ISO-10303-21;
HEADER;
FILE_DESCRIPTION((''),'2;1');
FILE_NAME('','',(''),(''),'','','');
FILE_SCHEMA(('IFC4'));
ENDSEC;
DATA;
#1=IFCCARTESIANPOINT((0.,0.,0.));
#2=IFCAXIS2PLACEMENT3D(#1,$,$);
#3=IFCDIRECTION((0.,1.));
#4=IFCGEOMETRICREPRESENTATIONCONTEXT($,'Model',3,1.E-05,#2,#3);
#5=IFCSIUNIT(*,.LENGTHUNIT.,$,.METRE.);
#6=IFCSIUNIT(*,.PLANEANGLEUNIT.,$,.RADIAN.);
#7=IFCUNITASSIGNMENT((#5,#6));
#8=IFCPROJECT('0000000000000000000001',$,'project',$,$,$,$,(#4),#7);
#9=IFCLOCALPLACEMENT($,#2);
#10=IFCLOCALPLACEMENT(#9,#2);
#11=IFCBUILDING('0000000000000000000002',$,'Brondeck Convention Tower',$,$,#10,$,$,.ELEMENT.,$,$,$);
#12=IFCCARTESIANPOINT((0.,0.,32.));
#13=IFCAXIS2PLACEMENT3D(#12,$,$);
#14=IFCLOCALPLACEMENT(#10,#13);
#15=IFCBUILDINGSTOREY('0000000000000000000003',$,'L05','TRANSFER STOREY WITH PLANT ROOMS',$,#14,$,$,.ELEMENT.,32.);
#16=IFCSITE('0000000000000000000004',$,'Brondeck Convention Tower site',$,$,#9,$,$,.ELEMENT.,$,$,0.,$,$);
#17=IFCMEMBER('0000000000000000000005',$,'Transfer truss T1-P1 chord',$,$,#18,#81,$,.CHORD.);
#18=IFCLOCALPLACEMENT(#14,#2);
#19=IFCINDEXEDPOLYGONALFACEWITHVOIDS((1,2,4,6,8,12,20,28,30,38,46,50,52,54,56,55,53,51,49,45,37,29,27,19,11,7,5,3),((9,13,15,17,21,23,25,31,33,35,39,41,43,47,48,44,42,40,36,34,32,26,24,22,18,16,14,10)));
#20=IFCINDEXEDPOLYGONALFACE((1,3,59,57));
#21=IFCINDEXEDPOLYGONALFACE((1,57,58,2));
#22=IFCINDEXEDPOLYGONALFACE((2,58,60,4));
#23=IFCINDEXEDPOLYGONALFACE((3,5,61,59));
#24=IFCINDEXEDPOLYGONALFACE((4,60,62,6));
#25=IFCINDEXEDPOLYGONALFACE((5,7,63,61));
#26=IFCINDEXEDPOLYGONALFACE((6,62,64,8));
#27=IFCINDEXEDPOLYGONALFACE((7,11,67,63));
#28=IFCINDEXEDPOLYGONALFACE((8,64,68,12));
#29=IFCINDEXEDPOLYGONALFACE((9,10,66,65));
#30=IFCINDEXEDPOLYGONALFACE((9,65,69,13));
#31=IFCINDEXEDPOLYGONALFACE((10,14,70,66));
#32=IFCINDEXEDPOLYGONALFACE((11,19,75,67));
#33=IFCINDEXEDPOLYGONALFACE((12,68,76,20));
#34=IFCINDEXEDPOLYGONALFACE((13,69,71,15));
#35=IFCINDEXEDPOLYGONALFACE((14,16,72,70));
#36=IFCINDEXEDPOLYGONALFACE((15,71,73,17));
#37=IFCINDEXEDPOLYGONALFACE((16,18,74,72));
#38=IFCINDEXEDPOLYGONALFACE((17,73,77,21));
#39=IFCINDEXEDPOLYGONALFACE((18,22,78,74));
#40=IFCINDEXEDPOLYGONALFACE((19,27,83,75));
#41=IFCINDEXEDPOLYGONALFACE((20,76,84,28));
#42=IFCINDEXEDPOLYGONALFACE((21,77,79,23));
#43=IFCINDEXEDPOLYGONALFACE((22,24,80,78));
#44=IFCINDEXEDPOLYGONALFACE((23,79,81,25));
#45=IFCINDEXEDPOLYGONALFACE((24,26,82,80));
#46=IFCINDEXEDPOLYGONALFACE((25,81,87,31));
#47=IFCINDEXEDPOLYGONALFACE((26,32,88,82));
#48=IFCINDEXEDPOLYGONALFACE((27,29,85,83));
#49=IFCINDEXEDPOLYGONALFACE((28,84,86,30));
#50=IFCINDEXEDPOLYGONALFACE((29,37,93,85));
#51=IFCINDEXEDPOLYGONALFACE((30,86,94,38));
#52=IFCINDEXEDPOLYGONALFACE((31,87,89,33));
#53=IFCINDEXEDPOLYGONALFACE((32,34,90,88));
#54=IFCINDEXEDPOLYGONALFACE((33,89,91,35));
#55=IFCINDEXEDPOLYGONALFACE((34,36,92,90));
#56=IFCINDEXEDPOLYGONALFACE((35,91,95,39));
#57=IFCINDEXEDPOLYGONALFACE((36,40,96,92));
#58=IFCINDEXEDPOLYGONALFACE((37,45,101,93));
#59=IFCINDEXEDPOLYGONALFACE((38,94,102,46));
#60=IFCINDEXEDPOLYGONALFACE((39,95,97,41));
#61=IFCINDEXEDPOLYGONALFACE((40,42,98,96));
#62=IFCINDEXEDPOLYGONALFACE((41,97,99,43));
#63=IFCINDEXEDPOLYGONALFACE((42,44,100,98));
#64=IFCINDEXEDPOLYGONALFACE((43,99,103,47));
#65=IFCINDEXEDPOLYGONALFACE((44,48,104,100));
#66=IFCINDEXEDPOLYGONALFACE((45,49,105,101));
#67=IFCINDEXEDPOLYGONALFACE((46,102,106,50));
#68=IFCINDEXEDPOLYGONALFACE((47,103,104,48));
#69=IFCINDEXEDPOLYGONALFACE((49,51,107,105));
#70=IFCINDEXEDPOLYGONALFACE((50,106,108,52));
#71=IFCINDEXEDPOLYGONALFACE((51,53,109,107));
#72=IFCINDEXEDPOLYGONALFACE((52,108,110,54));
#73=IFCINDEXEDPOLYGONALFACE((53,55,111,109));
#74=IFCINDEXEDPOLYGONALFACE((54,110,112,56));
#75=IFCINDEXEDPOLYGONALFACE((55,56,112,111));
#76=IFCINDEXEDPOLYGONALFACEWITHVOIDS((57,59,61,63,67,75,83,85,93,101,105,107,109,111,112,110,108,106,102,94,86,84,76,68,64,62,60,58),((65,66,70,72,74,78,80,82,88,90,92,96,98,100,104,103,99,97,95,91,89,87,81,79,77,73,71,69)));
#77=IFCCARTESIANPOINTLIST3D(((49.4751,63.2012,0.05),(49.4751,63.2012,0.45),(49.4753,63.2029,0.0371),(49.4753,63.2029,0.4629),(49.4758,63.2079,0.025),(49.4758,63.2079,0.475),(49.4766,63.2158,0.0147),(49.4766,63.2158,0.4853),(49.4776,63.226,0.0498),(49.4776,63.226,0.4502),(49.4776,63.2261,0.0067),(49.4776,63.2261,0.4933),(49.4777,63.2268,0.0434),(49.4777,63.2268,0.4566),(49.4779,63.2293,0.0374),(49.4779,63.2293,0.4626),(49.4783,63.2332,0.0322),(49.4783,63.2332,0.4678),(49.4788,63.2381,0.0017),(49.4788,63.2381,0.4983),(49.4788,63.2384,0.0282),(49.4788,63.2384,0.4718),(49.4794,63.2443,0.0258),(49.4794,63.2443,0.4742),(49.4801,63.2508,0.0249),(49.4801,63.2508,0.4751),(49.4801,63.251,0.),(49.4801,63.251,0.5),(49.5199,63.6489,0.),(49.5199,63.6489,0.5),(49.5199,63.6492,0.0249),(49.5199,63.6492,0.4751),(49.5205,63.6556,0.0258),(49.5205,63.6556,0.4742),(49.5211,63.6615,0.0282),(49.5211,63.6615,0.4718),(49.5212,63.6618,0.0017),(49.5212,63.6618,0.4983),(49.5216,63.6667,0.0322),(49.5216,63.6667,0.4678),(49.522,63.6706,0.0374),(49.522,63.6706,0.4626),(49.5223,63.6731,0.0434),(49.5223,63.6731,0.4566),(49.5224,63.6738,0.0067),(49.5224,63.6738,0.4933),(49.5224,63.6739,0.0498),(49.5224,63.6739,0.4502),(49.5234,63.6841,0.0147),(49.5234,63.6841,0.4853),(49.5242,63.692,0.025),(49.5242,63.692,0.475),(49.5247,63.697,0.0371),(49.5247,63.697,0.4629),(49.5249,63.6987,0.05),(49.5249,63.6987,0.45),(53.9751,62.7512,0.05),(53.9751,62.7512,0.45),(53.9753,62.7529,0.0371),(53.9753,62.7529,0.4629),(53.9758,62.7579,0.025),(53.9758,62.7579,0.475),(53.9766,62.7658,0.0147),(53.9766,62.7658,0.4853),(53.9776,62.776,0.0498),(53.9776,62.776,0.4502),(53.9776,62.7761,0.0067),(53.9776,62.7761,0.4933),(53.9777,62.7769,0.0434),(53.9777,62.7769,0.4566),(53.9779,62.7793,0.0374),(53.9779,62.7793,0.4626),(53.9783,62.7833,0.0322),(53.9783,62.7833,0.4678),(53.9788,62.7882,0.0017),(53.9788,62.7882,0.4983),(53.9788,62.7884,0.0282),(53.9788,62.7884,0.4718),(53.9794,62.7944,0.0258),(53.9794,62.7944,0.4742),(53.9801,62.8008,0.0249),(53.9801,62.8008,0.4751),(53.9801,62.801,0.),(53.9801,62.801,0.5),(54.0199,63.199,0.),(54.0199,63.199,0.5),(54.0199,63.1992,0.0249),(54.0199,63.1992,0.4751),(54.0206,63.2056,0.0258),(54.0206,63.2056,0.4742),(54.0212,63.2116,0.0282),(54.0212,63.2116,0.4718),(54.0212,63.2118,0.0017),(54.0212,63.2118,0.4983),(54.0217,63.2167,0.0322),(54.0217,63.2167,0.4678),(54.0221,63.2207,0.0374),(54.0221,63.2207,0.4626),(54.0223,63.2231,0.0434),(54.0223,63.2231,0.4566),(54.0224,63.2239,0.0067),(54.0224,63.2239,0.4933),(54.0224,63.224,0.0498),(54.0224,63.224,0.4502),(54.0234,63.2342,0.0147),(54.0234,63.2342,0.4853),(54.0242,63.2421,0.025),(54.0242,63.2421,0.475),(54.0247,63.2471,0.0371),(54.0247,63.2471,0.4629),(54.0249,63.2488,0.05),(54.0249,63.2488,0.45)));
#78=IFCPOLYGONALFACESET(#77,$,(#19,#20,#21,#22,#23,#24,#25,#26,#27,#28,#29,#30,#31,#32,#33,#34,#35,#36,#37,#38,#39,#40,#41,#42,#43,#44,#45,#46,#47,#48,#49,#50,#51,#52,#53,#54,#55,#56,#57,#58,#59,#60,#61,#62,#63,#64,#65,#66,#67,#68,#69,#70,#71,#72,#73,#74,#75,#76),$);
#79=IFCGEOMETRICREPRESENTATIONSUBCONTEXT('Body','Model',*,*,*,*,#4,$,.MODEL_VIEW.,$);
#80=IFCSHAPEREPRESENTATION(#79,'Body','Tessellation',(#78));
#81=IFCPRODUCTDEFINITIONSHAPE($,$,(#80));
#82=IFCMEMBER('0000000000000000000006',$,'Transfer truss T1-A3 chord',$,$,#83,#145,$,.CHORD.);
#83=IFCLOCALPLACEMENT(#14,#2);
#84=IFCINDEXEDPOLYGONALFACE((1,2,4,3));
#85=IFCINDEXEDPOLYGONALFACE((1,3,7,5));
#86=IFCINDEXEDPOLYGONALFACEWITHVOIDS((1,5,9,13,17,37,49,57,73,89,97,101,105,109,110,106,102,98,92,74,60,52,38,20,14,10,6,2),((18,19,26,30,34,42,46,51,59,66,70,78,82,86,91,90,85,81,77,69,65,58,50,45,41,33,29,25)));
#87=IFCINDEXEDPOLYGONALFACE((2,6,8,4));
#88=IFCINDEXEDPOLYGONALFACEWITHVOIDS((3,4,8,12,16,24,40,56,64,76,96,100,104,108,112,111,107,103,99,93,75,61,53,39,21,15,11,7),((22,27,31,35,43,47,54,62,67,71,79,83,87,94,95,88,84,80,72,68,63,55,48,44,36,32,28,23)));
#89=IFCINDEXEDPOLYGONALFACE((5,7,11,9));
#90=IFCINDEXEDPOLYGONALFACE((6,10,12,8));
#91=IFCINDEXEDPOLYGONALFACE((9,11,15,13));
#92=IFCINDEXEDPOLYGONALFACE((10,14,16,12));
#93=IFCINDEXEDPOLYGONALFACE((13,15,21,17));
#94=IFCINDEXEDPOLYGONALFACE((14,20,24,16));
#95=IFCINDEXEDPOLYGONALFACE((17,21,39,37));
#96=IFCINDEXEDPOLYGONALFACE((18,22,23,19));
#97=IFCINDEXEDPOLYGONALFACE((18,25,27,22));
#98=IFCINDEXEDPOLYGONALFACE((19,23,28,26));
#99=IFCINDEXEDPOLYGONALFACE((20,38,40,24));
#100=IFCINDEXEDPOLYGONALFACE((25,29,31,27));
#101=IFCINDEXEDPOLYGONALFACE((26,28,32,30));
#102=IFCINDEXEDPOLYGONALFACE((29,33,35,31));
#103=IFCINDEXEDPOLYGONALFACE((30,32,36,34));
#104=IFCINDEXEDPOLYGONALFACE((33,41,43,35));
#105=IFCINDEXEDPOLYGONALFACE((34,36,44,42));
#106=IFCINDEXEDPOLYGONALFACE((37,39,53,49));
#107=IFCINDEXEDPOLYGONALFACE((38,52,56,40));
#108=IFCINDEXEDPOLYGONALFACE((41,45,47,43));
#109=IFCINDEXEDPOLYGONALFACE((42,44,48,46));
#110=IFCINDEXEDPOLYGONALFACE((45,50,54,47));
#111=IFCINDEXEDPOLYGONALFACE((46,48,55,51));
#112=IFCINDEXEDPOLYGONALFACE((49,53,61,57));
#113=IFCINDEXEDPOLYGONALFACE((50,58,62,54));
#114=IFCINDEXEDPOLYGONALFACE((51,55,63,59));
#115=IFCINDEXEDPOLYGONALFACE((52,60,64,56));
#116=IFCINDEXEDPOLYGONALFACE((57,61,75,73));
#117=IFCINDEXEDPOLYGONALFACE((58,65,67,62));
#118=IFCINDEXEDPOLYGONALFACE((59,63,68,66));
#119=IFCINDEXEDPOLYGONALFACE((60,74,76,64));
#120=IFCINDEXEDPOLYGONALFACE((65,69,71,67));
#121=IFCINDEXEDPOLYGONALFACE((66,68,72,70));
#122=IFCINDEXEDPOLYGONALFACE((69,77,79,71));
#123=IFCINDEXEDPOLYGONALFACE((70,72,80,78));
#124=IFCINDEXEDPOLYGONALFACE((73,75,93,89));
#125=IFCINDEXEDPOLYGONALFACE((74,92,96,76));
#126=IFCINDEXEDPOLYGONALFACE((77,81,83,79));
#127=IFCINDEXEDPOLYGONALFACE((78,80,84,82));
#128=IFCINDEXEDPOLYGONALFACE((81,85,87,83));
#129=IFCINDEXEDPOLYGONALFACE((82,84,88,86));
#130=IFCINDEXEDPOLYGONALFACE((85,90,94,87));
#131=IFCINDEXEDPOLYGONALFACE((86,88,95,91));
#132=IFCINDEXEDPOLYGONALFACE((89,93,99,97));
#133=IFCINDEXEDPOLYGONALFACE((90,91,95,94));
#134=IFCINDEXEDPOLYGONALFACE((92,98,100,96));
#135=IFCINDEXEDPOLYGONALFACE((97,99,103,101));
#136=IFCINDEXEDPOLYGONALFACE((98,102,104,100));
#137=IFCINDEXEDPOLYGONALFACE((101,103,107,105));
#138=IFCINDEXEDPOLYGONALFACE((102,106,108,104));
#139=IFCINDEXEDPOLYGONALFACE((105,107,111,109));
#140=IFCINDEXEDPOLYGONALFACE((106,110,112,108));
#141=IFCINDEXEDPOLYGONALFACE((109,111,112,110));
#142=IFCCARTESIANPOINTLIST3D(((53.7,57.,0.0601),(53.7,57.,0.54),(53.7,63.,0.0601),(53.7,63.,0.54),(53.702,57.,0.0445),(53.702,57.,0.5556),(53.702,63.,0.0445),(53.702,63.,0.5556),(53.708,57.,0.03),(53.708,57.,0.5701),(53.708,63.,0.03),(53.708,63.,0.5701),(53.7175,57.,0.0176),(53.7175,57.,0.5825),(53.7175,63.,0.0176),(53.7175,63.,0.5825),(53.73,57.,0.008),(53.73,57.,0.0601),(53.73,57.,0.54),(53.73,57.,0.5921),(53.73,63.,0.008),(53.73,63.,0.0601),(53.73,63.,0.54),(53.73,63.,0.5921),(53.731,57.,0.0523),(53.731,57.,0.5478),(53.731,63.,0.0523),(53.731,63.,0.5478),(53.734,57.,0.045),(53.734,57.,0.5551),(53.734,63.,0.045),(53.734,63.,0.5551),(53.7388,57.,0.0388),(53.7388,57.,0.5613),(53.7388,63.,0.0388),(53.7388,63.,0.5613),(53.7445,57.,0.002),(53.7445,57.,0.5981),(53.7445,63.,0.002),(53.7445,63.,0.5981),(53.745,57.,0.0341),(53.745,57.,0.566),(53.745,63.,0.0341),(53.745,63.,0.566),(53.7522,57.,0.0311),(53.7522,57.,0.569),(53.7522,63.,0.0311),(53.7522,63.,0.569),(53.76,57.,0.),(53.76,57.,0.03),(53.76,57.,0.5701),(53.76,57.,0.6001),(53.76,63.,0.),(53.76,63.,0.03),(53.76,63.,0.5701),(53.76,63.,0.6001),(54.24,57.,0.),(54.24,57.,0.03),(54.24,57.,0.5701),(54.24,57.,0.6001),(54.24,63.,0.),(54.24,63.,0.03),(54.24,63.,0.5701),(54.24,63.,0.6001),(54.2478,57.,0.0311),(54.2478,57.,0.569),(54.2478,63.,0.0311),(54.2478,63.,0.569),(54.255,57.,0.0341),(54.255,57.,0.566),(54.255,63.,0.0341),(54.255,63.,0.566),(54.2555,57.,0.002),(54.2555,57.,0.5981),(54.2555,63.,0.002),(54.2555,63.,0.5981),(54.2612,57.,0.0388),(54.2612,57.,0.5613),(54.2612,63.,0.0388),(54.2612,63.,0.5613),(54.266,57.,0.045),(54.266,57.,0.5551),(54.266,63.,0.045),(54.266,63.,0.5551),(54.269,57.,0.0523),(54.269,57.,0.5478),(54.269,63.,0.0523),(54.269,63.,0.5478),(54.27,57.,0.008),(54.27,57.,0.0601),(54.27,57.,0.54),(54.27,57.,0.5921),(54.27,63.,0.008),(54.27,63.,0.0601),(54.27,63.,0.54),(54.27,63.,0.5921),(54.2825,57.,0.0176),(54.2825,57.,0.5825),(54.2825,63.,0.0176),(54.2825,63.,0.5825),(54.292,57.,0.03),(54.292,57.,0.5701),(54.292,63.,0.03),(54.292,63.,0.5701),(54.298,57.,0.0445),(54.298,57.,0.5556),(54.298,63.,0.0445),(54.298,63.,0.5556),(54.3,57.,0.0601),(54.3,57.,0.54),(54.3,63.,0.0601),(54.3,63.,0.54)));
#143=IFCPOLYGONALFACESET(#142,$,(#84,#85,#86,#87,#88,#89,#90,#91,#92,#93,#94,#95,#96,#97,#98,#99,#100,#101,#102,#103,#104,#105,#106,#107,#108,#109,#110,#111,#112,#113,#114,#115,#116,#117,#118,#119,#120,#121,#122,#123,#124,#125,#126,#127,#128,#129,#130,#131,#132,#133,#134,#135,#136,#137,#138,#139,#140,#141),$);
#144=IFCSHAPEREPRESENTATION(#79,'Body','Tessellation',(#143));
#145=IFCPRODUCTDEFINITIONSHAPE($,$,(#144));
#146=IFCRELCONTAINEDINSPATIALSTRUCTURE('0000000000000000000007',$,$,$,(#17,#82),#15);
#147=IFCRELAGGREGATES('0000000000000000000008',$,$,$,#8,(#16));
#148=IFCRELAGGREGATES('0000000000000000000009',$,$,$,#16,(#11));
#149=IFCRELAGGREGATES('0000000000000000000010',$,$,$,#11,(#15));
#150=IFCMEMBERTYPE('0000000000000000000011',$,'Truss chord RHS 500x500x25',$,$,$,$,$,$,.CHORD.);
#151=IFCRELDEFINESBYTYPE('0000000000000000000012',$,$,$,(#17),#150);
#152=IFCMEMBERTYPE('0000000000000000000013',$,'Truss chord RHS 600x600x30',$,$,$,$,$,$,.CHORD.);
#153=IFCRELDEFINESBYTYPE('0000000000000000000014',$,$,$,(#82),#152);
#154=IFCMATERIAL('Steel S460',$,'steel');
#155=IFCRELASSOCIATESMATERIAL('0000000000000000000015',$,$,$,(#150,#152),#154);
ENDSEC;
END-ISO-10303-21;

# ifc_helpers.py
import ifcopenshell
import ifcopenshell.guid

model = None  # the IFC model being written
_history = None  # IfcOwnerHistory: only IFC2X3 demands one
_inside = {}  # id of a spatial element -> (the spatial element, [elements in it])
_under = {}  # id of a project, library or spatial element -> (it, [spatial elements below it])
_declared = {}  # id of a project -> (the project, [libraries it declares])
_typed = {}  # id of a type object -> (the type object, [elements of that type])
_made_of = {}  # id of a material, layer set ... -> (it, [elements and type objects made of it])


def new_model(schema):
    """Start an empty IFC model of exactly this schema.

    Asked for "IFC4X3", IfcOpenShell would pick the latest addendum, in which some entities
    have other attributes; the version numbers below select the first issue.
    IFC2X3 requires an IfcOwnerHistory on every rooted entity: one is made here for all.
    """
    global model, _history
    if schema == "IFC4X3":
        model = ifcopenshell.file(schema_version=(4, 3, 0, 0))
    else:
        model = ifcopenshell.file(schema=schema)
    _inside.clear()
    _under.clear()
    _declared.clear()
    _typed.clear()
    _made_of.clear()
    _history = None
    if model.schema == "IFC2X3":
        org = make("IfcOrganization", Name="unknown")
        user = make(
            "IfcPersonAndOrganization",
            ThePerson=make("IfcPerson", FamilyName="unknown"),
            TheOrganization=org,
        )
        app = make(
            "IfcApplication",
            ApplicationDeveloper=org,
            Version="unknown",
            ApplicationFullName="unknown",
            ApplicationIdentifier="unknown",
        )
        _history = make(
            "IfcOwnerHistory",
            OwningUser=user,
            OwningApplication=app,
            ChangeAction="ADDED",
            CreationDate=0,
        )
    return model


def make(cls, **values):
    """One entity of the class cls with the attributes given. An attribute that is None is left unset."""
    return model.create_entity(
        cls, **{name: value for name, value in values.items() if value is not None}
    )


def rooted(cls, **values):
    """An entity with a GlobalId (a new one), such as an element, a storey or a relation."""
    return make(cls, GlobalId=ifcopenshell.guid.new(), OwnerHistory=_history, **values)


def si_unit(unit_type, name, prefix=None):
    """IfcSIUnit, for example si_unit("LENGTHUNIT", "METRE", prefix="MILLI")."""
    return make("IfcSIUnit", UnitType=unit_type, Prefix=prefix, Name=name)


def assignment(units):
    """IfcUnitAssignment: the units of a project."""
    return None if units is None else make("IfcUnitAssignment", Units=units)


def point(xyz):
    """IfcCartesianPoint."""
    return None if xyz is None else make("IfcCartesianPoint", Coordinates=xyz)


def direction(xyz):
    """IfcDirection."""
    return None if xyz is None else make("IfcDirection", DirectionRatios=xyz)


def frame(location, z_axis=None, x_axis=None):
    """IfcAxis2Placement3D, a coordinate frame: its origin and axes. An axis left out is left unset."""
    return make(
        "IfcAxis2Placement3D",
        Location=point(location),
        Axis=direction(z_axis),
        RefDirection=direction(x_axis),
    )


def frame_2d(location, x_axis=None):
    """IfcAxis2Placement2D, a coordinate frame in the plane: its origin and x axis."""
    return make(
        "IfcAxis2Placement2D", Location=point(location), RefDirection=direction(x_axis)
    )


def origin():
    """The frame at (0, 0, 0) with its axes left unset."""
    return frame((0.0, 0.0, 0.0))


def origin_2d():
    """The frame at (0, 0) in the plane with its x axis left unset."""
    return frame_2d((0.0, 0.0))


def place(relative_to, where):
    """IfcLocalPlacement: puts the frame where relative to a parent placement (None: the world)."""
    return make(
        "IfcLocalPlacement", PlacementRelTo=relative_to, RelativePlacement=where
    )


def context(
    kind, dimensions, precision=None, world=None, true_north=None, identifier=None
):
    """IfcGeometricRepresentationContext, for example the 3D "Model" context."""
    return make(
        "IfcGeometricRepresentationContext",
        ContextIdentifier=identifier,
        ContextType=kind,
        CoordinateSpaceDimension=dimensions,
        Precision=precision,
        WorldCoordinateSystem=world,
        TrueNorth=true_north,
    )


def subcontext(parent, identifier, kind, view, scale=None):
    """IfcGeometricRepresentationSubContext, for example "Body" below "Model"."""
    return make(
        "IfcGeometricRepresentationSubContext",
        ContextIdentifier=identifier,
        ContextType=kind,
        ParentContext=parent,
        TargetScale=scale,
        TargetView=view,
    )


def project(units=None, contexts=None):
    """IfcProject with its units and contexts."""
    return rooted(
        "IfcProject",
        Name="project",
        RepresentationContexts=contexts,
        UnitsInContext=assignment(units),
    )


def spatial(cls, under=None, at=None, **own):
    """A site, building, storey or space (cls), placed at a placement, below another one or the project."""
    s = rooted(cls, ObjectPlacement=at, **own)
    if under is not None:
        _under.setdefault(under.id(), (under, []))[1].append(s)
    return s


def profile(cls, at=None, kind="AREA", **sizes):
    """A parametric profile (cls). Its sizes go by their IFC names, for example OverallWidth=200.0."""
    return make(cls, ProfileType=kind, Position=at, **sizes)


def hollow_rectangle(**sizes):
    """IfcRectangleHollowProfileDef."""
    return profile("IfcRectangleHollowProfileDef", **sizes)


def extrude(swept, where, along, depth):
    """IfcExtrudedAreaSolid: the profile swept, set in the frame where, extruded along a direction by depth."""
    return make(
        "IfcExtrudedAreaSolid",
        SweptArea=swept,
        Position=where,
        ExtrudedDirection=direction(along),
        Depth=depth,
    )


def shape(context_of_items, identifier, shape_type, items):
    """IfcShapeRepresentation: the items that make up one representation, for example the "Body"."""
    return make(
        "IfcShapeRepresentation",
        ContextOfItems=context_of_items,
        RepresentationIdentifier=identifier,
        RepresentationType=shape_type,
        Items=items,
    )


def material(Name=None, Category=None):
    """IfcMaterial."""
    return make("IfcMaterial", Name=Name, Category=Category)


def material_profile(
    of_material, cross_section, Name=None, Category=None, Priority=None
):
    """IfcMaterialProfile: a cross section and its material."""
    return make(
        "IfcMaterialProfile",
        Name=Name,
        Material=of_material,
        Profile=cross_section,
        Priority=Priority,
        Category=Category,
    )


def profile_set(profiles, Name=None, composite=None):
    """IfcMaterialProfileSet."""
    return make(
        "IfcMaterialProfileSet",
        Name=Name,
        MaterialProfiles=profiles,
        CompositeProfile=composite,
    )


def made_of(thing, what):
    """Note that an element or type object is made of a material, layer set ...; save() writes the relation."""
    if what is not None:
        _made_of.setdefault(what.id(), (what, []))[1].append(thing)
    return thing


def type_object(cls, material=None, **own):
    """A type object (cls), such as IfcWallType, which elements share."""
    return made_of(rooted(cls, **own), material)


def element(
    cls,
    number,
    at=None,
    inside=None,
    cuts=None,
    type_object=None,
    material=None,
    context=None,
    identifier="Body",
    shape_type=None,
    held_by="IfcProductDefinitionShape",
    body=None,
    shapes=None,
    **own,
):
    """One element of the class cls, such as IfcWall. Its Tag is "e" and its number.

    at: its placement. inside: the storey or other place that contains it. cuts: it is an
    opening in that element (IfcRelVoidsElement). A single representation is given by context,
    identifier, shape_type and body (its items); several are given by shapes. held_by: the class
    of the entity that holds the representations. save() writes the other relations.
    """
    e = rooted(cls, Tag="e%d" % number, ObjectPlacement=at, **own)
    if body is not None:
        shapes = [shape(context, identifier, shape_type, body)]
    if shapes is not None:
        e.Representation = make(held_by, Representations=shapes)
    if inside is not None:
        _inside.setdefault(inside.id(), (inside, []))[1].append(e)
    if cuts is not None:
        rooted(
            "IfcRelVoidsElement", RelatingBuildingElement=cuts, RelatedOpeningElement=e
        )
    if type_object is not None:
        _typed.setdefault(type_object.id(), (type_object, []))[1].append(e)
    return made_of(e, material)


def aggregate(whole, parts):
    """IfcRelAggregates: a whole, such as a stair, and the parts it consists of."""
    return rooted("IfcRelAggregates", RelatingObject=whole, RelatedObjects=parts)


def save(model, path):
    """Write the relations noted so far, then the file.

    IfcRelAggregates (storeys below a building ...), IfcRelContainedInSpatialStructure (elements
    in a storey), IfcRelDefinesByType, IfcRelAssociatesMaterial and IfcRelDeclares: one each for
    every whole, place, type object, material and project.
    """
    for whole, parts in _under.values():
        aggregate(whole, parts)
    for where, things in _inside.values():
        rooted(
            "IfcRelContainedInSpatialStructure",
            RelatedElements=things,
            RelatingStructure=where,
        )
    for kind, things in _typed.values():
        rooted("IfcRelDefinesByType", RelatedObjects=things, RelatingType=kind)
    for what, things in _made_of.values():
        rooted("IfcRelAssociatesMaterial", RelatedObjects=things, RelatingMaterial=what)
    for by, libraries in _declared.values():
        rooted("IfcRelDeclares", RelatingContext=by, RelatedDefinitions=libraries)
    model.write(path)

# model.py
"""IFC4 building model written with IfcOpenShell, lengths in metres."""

from ifc_helpers import new_model, si_unit, direction, frame, origin, origin_2d, place, context, subcontext, project, spatial, hollow_rectangle, extrude, material, material_profile, profile_set, type_object, element, save


model = new_model("IFC4")

# Units and contexts
model_context = context("Model", 3, precision=1e-05, world=origin(), true_north=direction((0.0, 1.0)))
body_context = subcontext(model_context, "Body", "Model", "MODEL_VIEW")
ifc_project = project(units=[si_unit("LENGTHUNIT", "METRE"), si_unit("PLANEANGLEUNIT", "RADIAN")], contexts=[model_context])

# Site, building, storey
site_placement = place(None, origin())
site = spatial("IfcSite", under=ifc_project, at=site_placement, Name="Brondeck Convention Tower site", CompositionType="ELEMENT", RefElevation=0.0)
building_placement = place(site_placement, origin())
building = spatial("IfcBuilding", under=site, at=building_placement, Name="Brondeck Convention Tower", CompositionType="ELEMENT")
storey_placement = place(building_placement, frame((0.0, 0.0, 32.0)))
storey = spatial("IfcBuildingStorey", under=building, at=storey_placement, Name="L05", Description="TRANSFER STOREY WITH PLANT ROOMS", CompositionType="ELEMENT", Elevation=32.0)

# Shared definitions
ifc_material_1 = material(Name="Steel S460", Category="steel")

# Members
ifc_material_profile_1 = material_profile(ifc_material_1, hollow_rectangle(XDim=0.5, YDim=0.5, WallThickness=0.0249, InnerFilletRadius=0.0249, OuterFilletRadius=0.05, at=origin_2d()), Name="RHS 500x500x25")
ifc_profile_set_1 = profile_set([ifc_material_profile_1], Name="Steel S460")
member_type_1 = type_object("IfcMemberType", Name="Truss chord RHS 500x500x25", PredefinedType="CHORD", material=ifc_profile_set_1)
for number, where, z_axis, x_axis, name in (
    (1, (54.0, 63.0, 0.25), (-0.995038, 0.099493, 0.0), (-0.099493, -0.995038, 0.0), "Transfer truss T1-P1 chord"),
):
    element("IfcMember", number, at=place(storey_placement, frame(where, z_axis=z_axis, x_axis=x_axis)), inside=storey, type_object=member_type_1, Name=name, PredefinedType="CHORD", context=body_context, shape_type="SweptSolid", body=[
        extrude(hollow_rectangle(XDim=0.5, YDim=0.5, WallThickness=0.0249, InnerFilletRadius=0.0249, OuterFilletRadius=0.05, at=origin_2d()), origin(), (0.0, 0.0, 1.0), 4.5225),
    ])
ifc_material_profile_2 = material_profile(ifc_material_1, hollow_rectangle(XDim=0.6001, YDim=0.6001, WallThickness=0.03, InnerFilletRadius=0.03, OuterFilletRadius=0.0601, at=origin_2d()), Name="RHS 600x600x30")
ifc_profile_set_2 = profile_set([ifc_material_profile_2], Name="Steel S460")
member_type_2 = type_object("IfcMemberType", Name="Truss chord RHS 600x600x30", PredefinedType="CHORD", material=ifc_profile_set_2)
member_1_placement = place(storey_placement, frame((54.0, 57.0, 0.3), z_axis=(0.0, 1.0, 0.0), x_axis=(-1.0, 0.0, 0.0)))
element("IfcMember", 2, at=member_1_placement, inside=storey, type_object=member_type_2, Name="Transfer truss T1-A3 chord", PredefinedType="CHORD", context=body_context, shape_type="SweptSolid", body=[
    extrude(hollow_rectangle(XDim=0.6001, YDim=0.6001, WallThickness=0.03, InnerFilletRadius=0.03, OuterFilletRadius=0.0601, at=origin_2d()), origin(), (0.0, 0.0, 1.0), 6.0),
])

save(model, "model.ifc")
